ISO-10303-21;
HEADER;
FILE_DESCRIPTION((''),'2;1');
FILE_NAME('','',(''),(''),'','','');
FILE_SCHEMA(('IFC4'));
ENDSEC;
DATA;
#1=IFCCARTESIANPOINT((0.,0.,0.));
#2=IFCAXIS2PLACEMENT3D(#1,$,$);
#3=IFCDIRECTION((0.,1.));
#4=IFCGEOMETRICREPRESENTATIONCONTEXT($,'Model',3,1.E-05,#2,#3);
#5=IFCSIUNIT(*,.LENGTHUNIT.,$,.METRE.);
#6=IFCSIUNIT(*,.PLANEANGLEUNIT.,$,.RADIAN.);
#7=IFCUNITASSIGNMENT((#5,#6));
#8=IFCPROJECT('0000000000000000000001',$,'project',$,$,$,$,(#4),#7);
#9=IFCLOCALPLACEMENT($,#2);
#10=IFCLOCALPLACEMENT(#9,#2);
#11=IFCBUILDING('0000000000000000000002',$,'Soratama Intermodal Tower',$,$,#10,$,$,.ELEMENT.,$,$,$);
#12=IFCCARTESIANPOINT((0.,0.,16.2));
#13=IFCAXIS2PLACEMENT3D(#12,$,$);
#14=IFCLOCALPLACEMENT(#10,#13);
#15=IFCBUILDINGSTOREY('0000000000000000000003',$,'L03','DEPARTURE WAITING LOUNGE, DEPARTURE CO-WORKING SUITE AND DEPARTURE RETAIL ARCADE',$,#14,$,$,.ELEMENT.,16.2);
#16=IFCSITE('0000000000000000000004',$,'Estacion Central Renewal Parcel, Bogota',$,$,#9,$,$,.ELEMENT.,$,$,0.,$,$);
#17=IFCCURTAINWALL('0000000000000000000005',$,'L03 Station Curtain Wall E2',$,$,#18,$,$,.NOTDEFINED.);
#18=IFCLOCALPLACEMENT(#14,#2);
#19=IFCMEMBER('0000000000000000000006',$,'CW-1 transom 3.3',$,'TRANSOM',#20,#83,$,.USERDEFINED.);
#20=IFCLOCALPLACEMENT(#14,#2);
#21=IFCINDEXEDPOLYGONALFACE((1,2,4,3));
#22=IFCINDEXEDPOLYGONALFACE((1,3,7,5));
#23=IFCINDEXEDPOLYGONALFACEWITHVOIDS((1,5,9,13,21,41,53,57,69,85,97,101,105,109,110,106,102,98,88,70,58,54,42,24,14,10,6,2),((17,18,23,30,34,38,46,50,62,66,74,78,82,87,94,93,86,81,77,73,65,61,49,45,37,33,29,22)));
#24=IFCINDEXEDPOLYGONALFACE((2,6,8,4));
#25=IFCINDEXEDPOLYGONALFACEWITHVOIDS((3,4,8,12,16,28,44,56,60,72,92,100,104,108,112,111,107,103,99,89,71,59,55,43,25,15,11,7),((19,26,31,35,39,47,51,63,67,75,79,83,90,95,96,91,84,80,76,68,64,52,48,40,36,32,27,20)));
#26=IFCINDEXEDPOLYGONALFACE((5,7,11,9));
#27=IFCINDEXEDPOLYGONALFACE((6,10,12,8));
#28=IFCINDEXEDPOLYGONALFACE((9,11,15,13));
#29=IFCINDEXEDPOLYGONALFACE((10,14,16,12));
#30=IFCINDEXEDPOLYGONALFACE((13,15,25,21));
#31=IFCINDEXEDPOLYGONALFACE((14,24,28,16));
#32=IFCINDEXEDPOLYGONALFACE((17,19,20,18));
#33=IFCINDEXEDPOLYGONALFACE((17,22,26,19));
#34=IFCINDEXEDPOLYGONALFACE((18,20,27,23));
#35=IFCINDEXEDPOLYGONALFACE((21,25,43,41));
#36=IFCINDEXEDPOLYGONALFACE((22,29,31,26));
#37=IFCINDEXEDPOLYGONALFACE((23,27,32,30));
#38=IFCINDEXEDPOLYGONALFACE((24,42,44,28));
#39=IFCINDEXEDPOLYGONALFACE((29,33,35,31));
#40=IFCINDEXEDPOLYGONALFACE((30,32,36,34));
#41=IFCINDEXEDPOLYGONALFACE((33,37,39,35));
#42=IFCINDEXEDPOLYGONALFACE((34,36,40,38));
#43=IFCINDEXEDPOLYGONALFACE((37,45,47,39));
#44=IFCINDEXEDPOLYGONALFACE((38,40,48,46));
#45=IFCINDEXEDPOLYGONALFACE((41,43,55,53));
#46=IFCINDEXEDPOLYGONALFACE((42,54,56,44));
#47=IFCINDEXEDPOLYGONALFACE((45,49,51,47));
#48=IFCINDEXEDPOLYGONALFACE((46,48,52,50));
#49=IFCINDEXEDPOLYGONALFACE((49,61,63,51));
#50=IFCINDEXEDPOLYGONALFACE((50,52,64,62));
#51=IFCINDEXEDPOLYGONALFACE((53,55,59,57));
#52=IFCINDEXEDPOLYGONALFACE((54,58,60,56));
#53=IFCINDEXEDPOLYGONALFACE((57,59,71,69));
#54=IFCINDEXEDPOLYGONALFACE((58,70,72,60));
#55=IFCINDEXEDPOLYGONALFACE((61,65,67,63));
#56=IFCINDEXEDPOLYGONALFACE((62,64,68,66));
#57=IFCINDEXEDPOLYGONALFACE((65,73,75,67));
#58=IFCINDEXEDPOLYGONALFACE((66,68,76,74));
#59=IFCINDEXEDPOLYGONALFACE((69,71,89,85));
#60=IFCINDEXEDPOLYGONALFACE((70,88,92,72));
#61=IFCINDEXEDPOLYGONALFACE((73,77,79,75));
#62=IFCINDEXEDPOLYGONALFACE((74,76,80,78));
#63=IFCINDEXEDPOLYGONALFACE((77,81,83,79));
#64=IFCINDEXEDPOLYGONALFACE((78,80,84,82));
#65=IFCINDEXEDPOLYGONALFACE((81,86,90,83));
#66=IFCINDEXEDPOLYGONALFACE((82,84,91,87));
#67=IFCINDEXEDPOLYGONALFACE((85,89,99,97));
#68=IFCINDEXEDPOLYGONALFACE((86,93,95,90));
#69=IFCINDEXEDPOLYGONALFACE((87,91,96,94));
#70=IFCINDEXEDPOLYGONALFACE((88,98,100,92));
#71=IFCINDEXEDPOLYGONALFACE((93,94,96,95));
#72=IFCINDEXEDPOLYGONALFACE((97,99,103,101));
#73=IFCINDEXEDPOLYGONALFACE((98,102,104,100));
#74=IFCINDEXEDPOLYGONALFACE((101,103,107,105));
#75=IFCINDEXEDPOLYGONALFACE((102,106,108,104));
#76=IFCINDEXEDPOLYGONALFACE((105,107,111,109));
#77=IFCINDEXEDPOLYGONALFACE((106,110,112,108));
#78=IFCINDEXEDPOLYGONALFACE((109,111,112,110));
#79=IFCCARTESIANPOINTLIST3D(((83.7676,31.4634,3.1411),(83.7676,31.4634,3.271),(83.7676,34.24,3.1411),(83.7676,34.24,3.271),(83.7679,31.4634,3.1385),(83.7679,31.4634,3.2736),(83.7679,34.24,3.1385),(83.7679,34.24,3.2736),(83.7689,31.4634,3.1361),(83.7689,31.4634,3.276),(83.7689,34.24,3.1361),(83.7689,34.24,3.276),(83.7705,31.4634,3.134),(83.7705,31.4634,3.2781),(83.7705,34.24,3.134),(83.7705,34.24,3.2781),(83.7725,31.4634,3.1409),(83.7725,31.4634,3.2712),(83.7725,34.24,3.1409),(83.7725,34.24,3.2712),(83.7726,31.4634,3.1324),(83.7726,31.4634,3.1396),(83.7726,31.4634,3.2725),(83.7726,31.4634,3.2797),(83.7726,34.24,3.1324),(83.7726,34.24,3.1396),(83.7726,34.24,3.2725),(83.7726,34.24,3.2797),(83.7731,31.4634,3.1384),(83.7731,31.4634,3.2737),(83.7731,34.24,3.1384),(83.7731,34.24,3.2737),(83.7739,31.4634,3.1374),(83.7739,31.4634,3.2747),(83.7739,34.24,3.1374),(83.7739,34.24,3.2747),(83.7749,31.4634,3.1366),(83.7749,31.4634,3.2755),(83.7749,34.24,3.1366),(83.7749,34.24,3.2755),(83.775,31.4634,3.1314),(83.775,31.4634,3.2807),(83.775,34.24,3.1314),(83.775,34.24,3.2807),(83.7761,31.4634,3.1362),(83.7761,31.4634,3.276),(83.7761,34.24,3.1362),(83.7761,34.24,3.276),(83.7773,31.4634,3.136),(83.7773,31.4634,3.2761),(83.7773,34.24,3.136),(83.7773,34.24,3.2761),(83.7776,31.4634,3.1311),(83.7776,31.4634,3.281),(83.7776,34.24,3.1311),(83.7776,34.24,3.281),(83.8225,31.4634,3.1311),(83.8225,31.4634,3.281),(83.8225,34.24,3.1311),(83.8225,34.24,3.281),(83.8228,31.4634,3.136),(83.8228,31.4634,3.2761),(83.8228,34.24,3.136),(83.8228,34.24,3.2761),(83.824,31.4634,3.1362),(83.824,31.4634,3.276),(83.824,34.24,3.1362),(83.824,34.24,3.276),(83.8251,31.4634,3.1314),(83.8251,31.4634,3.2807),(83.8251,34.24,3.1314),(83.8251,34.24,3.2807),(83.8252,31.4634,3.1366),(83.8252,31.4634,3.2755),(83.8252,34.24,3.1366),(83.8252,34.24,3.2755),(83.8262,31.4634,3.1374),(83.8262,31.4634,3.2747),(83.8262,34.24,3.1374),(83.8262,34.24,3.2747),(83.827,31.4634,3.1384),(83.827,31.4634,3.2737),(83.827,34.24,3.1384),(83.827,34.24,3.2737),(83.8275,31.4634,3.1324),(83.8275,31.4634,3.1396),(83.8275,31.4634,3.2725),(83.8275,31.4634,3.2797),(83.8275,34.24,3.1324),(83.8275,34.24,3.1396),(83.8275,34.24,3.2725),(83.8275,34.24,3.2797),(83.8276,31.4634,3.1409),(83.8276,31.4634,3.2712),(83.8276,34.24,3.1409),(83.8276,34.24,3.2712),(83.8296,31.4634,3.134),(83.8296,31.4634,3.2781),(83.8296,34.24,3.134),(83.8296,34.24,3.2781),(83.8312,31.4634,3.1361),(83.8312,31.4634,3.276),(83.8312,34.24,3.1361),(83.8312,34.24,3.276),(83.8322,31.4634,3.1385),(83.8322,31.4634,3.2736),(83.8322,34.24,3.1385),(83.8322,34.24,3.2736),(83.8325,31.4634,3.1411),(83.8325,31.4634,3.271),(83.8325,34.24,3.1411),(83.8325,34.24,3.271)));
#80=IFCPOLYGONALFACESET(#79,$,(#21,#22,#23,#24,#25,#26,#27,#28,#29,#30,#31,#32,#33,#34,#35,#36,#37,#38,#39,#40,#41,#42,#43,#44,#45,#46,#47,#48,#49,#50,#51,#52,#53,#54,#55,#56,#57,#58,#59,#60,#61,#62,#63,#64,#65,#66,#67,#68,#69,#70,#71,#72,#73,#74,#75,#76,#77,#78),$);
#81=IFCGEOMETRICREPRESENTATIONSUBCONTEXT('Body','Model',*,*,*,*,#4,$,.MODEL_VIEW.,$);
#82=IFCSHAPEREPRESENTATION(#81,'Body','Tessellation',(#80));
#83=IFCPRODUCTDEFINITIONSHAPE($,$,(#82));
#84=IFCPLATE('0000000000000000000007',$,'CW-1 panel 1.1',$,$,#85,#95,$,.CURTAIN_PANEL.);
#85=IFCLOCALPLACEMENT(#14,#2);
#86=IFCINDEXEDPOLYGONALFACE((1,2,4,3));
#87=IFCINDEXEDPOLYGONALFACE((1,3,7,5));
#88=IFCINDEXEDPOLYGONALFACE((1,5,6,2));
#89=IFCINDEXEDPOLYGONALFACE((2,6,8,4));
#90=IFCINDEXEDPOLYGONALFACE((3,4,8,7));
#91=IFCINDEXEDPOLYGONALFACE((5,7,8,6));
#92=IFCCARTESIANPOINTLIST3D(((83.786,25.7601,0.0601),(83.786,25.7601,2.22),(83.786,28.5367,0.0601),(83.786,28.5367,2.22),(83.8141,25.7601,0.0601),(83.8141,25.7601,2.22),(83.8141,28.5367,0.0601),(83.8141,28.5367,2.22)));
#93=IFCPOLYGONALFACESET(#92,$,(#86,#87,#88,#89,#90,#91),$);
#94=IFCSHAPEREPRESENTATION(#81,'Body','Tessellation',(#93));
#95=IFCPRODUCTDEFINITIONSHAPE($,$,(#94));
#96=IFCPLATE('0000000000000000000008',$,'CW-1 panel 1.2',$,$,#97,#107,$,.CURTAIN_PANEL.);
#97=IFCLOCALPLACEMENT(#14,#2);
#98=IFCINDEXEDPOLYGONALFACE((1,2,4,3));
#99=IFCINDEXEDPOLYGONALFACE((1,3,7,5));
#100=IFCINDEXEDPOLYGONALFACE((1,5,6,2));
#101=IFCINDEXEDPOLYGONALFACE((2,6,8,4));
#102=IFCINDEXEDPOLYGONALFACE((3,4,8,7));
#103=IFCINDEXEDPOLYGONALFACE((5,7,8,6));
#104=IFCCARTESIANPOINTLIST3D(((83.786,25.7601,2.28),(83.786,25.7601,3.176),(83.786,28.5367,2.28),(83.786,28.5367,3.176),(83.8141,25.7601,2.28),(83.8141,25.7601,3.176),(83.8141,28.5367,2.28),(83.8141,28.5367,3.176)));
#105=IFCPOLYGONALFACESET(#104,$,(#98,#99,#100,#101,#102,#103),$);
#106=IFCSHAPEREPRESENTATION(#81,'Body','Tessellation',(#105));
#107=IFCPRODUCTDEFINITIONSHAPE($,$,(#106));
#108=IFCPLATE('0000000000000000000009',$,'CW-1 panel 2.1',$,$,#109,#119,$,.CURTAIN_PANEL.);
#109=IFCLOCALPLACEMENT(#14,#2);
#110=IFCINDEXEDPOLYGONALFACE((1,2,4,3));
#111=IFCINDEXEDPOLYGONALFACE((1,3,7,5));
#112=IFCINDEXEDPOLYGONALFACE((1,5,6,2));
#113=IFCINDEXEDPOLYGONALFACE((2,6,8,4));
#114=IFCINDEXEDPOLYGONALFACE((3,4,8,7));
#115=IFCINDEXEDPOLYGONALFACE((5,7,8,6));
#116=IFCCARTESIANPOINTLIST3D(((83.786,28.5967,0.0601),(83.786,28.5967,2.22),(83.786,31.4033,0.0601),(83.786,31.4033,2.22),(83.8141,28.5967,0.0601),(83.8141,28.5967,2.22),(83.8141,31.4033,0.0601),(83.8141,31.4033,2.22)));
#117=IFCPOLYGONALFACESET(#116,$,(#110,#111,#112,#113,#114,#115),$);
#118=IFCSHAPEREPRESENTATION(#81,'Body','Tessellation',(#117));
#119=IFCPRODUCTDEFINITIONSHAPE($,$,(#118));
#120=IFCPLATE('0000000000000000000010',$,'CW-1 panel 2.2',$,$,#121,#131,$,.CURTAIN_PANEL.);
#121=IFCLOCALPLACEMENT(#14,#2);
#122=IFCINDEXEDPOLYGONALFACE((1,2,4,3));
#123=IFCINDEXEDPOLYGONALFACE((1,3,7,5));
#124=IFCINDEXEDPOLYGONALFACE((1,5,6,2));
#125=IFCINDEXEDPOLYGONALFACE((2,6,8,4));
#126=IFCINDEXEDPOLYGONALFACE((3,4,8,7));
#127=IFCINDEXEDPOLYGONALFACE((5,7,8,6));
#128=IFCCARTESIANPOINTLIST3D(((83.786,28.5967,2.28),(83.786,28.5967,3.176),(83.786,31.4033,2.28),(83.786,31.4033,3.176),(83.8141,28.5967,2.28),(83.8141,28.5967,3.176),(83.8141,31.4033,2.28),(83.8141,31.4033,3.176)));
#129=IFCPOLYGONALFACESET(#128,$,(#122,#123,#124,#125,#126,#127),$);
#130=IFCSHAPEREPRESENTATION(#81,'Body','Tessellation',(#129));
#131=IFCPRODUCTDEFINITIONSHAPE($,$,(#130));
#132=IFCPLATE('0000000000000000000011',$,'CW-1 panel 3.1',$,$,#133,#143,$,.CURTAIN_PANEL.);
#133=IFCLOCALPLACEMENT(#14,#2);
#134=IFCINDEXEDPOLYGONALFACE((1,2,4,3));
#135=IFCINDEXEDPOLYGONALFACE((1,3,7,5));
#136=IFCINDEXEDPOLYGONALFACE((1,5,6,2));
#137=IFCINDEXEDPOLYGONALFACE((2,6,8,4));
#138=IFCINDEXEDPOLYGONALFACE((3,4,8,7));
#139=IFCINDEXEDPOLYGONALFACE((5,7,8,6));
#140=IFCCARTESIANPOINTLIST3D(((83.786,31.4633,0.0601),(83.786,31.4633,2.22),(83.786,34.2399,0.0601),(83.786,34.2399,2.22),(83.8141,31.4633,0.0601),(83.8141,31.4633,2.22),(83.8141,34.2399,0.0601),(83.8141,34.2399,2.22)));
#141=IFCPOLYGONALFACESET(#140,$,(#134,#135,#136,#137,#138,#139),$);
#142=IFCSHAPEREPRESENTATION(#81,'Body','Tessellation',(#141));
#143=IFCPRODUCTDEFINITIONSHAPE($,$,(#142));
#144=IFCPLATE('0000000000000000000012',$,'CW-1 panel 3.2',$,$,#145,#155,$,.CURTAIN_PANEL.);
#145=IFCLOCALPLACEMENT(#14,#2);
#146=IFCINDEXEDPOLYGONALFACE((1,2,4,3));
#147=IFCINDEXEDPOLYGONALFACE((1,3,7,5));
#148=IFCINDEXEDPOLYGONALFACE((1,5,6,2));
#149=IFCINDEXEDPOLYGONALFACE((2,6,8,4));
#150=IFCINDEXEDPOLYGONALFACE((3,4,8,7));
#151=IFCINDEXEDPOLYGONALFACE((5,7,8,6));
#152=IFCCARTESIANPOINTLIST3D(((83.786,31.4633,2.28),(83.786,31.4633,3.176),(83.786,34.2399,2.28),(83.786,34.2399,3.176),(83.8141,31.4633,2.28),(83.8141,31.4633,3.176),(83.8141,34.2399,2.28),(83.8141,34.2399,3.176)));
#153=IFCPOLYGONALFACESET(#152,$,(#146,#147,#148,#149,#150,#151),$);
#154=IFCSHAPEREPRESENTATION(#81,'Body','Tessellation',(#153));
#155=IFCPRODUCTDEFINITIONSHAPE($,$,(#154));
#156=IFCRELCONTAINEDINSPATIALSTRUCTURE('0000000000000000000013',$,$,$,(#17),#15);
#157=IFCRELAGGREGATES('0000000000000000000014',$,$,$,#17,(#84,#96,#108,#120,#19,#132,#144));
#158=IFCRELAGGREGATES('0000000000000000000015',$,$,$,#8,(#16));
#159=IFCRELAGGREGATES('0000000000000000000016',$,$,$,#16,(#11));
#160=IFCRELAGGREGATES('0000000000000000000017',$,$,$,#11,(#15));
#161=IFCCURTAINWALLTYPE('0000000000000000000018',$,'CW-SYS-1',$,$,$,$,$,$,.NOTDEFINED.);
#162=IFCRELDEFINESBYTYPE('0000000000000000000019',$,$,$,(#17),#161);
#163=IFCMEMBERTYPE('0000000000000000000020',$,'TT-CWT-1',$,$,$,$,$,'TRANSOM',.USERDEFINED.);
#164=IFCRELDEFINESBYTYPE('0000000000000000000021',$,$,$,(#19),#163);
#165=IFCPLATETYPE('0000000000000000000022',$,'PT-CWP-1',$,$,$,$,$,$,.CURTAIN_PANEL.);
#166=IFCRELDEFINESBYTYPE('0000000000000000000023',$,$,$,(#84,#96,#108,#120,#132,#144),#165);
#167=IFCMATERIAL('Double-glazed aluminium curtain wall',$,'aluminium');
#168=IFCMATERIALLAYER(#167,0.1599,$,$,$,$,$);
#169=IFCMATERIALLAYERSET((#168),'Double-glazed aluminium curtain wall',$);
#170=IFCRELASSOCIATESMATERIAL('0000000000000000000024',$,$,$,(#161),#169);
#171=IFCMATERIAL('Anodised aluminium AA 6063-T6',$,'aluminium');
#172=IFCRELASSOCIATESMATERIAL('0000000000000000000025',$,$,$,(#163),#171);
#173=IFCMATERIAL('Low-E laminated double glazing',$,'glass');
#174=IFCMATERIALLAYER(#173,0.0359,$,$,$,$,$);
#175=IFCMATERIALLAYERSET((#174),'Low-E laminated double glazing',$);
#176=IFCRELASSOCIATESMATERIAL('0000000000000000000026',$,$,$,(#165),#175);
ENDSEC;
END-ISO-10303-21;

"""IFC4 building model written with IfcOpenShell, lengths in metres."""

from ifc_helpers import new_model, si_unit, direction, frame, origin, origin_2d, place, context, subcontext, project, spatial, rectangle, hollow_rectangle, extrude, material, layer, layer_set, material_profile, profile_set, type_object, element, aggregate, save


model = new_model("IFC4")

# Units and contexts
model_context = context("Model", 3, precision=1e-05, world=origin(), true_north=direction((0.0, 1.0)))
body_context = subcontext(model_context, "Body", "Model", "MODEL_VIEW")
ifc_project = project(units=[si_unit("LENGTHUNIT", "METRE"), si_unit("PLANEANGLEUNIT", "RADIAN")], contexts=[model_context])

# Site, building, storey
site_placement = place(None, origin())
site = spatial("IfcSite", under=ifc_project, at=site_placement, Name="Estacion Central Renewal Parcel, Bogota", CompositionType="ELEMENT", RefElevation=0.0)
building_placement = place(site_placement, origin())
building = spatial("IfcBuilding", under=site, at=building_placement, Name="Soratama Intermodal Tower", CompositionType="ELEMENT")
storey_placement = place(building_placement, frame((0.0, 0.0, 16.2)))
storey = spatial("IfcBuildingStorey", under=building, at=storey_placement, Name="L03", Description="DEPARTURE WAITING LOUNGE, DEPARTURE CO-WORKING SUITE AND DEPARTURE RETAIL ARCADE", CompositionType="ELEMENT", Elevation=16.2)

# Curtain wall, member, plates
ifc_material_1 = material(Name="Double-glazed aluminium curtain wall", Category="aluminium")
ifc_layer_1 = layer(ifc_material_1, 0.1599)
ifc_layer_set_1 = layer_set([ifc_layer_1], Name="Double-glazed aluminium curtain wall")
curtain_wall_type = type_object("IfcCurtainWallType", Name="CW-SYS-1", PredefinedType="NOTDEFINED", material=ifc_layer_set_1)
curtain_wall_placement = place(storey_placement, origin())
curtain_wall = element("IfcCurtainWall", 1, at=curtain_wall_placement, inside=storey, type_object=curtain_wall_type, Name="L03 Station Curtain Wall E2", PredefinedType="NOTDEFINED")
ifc_material_2 = material(Name="Anodised aluminium AA 6063-T6", Category="aluminium")
ifc_material_profile_1 = material_profile(ifc_material_2, hollow_rectangle(XDim=0.0649, YDim=0.1499, WallThickness=0.0049, InnerFilletRadius=0.0049, OuterFilletRadius=0.01, at=origin_2d()), Name="CWT150X65X5")
ifc_profile_set_1 = profile_set([ifc_material_profile_1], Name="Anodised aluminium AA 6063-T6")
member_type_1 = type_object("IfcMemberType", Name="TT-CWT-1", ElementType="TRANSOM", PredefinedType="USERDEFINED", material=ifc_profile_set_1)
member_1_placement = place(storey_placement, frame((83.8, 31.4634, 3.2061), z_axis=(0.0, 1.0, 0.0), x_axis=(-1.0, 0.0, 0.0)))
member_1 = element("IfcMember", 2, at=member_1_placement, type_object=member_type_1, Name="CW-1 transom 3.3", ObjectType="TRANSOM", PredefinedType="USERDEFINED", context=body_context, shape_type="SweptSolid", body=[
    extrude(hollow_rectangle(XDim=0.0649, YDim=0.1499, WallThickness=0.0049, InnerFilletRadius=0.0049, OuterFilletRadius=0.01, at=origin_2d()), origin(), (0.0, 0.0, 1.0), 2.7766),
])
ifc_material_3 = material(Name="Low-E laminated double glazing", Category="glass")
ifc_layer_2 = layer(ifc_material_3, 0.0359)
ifc_layer_set_2 = layer_set([ifc_layer_2], Name="Low-E laminated double glazing")
plate_type = type_object("IfcPlateType", Name="PT-CWP-1", PredefinedType="CURTAIN_PANEL", material=ifc_layer_set_2)
plate_1_placement = place(storey_placement, frame((83.8, 27.1484, 0.0601), z_axis=(0.0, 0.0, 1.0), x_axis=(0.0, 1.0, 0.0)))
plate_1 = element("IfcPlate", 3, at=plate_1_placement, type_object=plate_type, Name="CW-1 panel 1.1", PredefinedType="CURTAIN_PANEL", context=body_context, shape_type="SweptSolid", body=[
    extrude(rectangle(XDim=2.7766, YDim=0.0281, at=origin_2d()), origin(), (0.0, 0.0, 1.0), 2.1599),
])
plate_2_placement = place(storey_placement, frame((83.8, 27.1484, 2.28), z_axis=(0.0, 0.0, 1.0), x_axis=(0.0, 1.0, 0.0)))
plate_2 = element("IfcPlate", 4, at=plate_2_placement, type_object=plate_type, Name="CW-1 panel 1.2", PredefinedType="CURTAIN_PANEL", context=body_context, shape_type="SweptSolid", body=[
    extrude(rectangle(XDim=2.7766, YDim=0.0281, at=origin_2d()), origin(), (0.0, 0.0, 1.0), 0.896),
])
plate_3_placement = place(storey_placement, frame((83.8, 30.0, 0.0601), z_axis=(0.0, 0.0, 1.0), x_axis=(0.0, 1.0, 0.0)))
plate_3 = element("IfcPlate", 5, at=plate_3_placement, type_object=plate_type, Name="CW-1 panel 2.1", PredefinedType="CURTAIN_PANEL", context=body_context, shape_type="SweptSolid", body=[
    extrude(rectangle(XDim=2.8066, YDim=0.0281, at=origin_2d()), origin(), (0.0, 0.0, 1.0), 2.1599),
])
plate_4_placement = place(storey_placement, frame((83.8, 30.0, 2.28), z_axis=(0.0, 0.0, 1.0), x_axis=(0.0, 1.0, 0.0)))
plate_4 = element("IfcPlate", 6, at=plate_4_placement, type_object=plate_type, Name="CW-1 panel 2.2", PredefinedType="CURTAIN_PANEL", context=body_context, shape_type="SweptSolid", body=[
    extrude(rectangle(XDim=2.8066, YDim=0.0281, at=origin_2d()), origin(), (0.0, 0.0, 1.0), 0.896),
])
plate_5_placement = place(storey_placement, frame((83.8, 32.8516, 0.0601), z_axis=(0.0, 0.0, 1.0), x_axis=(0.0, 1.0, 0.0)))
plate_5 = element("IfcPlate", 7, at=plate_5_placement, type_object=plate_type, Name="CW-1 panel 3.1", PredefinedType="CURTAIN_PANEL", context=body_context, shape_type="SweptSolid", body=[
    extrude(rectangle(XDim=2.7766, YDim=0.0281, at=origin_2d()), origin(), (0.0, 0.0, 1.0), 2.1599),
])
plate_6_placement = place(storey_placement, frame((83.8, 32.8516, 2.28), z_axis=(0.0, 0.0, 1.0), x_axis=(0.0, 1.0, 0.0)))
plate_6 = element("IfcPlate", 8, at=plate_6_placement, type_object=plate_type, Name="CW-1 panel 3.2", PredefinedType="CURTAIN_PANEL", context=body_context, shape_type="SweptSolid", body=[
    extrude(rectangle(XDim=2.7766, YDim=0.0281, at=origin_2d()), origin(), (0.0, 0.0, 1.0), 0.896),
])
aggregate(curtain_wall, [plate_1, plate_2, plate_3, plate_4, member_1, plate_5, plate_6])

save(model, "model.ifc")
